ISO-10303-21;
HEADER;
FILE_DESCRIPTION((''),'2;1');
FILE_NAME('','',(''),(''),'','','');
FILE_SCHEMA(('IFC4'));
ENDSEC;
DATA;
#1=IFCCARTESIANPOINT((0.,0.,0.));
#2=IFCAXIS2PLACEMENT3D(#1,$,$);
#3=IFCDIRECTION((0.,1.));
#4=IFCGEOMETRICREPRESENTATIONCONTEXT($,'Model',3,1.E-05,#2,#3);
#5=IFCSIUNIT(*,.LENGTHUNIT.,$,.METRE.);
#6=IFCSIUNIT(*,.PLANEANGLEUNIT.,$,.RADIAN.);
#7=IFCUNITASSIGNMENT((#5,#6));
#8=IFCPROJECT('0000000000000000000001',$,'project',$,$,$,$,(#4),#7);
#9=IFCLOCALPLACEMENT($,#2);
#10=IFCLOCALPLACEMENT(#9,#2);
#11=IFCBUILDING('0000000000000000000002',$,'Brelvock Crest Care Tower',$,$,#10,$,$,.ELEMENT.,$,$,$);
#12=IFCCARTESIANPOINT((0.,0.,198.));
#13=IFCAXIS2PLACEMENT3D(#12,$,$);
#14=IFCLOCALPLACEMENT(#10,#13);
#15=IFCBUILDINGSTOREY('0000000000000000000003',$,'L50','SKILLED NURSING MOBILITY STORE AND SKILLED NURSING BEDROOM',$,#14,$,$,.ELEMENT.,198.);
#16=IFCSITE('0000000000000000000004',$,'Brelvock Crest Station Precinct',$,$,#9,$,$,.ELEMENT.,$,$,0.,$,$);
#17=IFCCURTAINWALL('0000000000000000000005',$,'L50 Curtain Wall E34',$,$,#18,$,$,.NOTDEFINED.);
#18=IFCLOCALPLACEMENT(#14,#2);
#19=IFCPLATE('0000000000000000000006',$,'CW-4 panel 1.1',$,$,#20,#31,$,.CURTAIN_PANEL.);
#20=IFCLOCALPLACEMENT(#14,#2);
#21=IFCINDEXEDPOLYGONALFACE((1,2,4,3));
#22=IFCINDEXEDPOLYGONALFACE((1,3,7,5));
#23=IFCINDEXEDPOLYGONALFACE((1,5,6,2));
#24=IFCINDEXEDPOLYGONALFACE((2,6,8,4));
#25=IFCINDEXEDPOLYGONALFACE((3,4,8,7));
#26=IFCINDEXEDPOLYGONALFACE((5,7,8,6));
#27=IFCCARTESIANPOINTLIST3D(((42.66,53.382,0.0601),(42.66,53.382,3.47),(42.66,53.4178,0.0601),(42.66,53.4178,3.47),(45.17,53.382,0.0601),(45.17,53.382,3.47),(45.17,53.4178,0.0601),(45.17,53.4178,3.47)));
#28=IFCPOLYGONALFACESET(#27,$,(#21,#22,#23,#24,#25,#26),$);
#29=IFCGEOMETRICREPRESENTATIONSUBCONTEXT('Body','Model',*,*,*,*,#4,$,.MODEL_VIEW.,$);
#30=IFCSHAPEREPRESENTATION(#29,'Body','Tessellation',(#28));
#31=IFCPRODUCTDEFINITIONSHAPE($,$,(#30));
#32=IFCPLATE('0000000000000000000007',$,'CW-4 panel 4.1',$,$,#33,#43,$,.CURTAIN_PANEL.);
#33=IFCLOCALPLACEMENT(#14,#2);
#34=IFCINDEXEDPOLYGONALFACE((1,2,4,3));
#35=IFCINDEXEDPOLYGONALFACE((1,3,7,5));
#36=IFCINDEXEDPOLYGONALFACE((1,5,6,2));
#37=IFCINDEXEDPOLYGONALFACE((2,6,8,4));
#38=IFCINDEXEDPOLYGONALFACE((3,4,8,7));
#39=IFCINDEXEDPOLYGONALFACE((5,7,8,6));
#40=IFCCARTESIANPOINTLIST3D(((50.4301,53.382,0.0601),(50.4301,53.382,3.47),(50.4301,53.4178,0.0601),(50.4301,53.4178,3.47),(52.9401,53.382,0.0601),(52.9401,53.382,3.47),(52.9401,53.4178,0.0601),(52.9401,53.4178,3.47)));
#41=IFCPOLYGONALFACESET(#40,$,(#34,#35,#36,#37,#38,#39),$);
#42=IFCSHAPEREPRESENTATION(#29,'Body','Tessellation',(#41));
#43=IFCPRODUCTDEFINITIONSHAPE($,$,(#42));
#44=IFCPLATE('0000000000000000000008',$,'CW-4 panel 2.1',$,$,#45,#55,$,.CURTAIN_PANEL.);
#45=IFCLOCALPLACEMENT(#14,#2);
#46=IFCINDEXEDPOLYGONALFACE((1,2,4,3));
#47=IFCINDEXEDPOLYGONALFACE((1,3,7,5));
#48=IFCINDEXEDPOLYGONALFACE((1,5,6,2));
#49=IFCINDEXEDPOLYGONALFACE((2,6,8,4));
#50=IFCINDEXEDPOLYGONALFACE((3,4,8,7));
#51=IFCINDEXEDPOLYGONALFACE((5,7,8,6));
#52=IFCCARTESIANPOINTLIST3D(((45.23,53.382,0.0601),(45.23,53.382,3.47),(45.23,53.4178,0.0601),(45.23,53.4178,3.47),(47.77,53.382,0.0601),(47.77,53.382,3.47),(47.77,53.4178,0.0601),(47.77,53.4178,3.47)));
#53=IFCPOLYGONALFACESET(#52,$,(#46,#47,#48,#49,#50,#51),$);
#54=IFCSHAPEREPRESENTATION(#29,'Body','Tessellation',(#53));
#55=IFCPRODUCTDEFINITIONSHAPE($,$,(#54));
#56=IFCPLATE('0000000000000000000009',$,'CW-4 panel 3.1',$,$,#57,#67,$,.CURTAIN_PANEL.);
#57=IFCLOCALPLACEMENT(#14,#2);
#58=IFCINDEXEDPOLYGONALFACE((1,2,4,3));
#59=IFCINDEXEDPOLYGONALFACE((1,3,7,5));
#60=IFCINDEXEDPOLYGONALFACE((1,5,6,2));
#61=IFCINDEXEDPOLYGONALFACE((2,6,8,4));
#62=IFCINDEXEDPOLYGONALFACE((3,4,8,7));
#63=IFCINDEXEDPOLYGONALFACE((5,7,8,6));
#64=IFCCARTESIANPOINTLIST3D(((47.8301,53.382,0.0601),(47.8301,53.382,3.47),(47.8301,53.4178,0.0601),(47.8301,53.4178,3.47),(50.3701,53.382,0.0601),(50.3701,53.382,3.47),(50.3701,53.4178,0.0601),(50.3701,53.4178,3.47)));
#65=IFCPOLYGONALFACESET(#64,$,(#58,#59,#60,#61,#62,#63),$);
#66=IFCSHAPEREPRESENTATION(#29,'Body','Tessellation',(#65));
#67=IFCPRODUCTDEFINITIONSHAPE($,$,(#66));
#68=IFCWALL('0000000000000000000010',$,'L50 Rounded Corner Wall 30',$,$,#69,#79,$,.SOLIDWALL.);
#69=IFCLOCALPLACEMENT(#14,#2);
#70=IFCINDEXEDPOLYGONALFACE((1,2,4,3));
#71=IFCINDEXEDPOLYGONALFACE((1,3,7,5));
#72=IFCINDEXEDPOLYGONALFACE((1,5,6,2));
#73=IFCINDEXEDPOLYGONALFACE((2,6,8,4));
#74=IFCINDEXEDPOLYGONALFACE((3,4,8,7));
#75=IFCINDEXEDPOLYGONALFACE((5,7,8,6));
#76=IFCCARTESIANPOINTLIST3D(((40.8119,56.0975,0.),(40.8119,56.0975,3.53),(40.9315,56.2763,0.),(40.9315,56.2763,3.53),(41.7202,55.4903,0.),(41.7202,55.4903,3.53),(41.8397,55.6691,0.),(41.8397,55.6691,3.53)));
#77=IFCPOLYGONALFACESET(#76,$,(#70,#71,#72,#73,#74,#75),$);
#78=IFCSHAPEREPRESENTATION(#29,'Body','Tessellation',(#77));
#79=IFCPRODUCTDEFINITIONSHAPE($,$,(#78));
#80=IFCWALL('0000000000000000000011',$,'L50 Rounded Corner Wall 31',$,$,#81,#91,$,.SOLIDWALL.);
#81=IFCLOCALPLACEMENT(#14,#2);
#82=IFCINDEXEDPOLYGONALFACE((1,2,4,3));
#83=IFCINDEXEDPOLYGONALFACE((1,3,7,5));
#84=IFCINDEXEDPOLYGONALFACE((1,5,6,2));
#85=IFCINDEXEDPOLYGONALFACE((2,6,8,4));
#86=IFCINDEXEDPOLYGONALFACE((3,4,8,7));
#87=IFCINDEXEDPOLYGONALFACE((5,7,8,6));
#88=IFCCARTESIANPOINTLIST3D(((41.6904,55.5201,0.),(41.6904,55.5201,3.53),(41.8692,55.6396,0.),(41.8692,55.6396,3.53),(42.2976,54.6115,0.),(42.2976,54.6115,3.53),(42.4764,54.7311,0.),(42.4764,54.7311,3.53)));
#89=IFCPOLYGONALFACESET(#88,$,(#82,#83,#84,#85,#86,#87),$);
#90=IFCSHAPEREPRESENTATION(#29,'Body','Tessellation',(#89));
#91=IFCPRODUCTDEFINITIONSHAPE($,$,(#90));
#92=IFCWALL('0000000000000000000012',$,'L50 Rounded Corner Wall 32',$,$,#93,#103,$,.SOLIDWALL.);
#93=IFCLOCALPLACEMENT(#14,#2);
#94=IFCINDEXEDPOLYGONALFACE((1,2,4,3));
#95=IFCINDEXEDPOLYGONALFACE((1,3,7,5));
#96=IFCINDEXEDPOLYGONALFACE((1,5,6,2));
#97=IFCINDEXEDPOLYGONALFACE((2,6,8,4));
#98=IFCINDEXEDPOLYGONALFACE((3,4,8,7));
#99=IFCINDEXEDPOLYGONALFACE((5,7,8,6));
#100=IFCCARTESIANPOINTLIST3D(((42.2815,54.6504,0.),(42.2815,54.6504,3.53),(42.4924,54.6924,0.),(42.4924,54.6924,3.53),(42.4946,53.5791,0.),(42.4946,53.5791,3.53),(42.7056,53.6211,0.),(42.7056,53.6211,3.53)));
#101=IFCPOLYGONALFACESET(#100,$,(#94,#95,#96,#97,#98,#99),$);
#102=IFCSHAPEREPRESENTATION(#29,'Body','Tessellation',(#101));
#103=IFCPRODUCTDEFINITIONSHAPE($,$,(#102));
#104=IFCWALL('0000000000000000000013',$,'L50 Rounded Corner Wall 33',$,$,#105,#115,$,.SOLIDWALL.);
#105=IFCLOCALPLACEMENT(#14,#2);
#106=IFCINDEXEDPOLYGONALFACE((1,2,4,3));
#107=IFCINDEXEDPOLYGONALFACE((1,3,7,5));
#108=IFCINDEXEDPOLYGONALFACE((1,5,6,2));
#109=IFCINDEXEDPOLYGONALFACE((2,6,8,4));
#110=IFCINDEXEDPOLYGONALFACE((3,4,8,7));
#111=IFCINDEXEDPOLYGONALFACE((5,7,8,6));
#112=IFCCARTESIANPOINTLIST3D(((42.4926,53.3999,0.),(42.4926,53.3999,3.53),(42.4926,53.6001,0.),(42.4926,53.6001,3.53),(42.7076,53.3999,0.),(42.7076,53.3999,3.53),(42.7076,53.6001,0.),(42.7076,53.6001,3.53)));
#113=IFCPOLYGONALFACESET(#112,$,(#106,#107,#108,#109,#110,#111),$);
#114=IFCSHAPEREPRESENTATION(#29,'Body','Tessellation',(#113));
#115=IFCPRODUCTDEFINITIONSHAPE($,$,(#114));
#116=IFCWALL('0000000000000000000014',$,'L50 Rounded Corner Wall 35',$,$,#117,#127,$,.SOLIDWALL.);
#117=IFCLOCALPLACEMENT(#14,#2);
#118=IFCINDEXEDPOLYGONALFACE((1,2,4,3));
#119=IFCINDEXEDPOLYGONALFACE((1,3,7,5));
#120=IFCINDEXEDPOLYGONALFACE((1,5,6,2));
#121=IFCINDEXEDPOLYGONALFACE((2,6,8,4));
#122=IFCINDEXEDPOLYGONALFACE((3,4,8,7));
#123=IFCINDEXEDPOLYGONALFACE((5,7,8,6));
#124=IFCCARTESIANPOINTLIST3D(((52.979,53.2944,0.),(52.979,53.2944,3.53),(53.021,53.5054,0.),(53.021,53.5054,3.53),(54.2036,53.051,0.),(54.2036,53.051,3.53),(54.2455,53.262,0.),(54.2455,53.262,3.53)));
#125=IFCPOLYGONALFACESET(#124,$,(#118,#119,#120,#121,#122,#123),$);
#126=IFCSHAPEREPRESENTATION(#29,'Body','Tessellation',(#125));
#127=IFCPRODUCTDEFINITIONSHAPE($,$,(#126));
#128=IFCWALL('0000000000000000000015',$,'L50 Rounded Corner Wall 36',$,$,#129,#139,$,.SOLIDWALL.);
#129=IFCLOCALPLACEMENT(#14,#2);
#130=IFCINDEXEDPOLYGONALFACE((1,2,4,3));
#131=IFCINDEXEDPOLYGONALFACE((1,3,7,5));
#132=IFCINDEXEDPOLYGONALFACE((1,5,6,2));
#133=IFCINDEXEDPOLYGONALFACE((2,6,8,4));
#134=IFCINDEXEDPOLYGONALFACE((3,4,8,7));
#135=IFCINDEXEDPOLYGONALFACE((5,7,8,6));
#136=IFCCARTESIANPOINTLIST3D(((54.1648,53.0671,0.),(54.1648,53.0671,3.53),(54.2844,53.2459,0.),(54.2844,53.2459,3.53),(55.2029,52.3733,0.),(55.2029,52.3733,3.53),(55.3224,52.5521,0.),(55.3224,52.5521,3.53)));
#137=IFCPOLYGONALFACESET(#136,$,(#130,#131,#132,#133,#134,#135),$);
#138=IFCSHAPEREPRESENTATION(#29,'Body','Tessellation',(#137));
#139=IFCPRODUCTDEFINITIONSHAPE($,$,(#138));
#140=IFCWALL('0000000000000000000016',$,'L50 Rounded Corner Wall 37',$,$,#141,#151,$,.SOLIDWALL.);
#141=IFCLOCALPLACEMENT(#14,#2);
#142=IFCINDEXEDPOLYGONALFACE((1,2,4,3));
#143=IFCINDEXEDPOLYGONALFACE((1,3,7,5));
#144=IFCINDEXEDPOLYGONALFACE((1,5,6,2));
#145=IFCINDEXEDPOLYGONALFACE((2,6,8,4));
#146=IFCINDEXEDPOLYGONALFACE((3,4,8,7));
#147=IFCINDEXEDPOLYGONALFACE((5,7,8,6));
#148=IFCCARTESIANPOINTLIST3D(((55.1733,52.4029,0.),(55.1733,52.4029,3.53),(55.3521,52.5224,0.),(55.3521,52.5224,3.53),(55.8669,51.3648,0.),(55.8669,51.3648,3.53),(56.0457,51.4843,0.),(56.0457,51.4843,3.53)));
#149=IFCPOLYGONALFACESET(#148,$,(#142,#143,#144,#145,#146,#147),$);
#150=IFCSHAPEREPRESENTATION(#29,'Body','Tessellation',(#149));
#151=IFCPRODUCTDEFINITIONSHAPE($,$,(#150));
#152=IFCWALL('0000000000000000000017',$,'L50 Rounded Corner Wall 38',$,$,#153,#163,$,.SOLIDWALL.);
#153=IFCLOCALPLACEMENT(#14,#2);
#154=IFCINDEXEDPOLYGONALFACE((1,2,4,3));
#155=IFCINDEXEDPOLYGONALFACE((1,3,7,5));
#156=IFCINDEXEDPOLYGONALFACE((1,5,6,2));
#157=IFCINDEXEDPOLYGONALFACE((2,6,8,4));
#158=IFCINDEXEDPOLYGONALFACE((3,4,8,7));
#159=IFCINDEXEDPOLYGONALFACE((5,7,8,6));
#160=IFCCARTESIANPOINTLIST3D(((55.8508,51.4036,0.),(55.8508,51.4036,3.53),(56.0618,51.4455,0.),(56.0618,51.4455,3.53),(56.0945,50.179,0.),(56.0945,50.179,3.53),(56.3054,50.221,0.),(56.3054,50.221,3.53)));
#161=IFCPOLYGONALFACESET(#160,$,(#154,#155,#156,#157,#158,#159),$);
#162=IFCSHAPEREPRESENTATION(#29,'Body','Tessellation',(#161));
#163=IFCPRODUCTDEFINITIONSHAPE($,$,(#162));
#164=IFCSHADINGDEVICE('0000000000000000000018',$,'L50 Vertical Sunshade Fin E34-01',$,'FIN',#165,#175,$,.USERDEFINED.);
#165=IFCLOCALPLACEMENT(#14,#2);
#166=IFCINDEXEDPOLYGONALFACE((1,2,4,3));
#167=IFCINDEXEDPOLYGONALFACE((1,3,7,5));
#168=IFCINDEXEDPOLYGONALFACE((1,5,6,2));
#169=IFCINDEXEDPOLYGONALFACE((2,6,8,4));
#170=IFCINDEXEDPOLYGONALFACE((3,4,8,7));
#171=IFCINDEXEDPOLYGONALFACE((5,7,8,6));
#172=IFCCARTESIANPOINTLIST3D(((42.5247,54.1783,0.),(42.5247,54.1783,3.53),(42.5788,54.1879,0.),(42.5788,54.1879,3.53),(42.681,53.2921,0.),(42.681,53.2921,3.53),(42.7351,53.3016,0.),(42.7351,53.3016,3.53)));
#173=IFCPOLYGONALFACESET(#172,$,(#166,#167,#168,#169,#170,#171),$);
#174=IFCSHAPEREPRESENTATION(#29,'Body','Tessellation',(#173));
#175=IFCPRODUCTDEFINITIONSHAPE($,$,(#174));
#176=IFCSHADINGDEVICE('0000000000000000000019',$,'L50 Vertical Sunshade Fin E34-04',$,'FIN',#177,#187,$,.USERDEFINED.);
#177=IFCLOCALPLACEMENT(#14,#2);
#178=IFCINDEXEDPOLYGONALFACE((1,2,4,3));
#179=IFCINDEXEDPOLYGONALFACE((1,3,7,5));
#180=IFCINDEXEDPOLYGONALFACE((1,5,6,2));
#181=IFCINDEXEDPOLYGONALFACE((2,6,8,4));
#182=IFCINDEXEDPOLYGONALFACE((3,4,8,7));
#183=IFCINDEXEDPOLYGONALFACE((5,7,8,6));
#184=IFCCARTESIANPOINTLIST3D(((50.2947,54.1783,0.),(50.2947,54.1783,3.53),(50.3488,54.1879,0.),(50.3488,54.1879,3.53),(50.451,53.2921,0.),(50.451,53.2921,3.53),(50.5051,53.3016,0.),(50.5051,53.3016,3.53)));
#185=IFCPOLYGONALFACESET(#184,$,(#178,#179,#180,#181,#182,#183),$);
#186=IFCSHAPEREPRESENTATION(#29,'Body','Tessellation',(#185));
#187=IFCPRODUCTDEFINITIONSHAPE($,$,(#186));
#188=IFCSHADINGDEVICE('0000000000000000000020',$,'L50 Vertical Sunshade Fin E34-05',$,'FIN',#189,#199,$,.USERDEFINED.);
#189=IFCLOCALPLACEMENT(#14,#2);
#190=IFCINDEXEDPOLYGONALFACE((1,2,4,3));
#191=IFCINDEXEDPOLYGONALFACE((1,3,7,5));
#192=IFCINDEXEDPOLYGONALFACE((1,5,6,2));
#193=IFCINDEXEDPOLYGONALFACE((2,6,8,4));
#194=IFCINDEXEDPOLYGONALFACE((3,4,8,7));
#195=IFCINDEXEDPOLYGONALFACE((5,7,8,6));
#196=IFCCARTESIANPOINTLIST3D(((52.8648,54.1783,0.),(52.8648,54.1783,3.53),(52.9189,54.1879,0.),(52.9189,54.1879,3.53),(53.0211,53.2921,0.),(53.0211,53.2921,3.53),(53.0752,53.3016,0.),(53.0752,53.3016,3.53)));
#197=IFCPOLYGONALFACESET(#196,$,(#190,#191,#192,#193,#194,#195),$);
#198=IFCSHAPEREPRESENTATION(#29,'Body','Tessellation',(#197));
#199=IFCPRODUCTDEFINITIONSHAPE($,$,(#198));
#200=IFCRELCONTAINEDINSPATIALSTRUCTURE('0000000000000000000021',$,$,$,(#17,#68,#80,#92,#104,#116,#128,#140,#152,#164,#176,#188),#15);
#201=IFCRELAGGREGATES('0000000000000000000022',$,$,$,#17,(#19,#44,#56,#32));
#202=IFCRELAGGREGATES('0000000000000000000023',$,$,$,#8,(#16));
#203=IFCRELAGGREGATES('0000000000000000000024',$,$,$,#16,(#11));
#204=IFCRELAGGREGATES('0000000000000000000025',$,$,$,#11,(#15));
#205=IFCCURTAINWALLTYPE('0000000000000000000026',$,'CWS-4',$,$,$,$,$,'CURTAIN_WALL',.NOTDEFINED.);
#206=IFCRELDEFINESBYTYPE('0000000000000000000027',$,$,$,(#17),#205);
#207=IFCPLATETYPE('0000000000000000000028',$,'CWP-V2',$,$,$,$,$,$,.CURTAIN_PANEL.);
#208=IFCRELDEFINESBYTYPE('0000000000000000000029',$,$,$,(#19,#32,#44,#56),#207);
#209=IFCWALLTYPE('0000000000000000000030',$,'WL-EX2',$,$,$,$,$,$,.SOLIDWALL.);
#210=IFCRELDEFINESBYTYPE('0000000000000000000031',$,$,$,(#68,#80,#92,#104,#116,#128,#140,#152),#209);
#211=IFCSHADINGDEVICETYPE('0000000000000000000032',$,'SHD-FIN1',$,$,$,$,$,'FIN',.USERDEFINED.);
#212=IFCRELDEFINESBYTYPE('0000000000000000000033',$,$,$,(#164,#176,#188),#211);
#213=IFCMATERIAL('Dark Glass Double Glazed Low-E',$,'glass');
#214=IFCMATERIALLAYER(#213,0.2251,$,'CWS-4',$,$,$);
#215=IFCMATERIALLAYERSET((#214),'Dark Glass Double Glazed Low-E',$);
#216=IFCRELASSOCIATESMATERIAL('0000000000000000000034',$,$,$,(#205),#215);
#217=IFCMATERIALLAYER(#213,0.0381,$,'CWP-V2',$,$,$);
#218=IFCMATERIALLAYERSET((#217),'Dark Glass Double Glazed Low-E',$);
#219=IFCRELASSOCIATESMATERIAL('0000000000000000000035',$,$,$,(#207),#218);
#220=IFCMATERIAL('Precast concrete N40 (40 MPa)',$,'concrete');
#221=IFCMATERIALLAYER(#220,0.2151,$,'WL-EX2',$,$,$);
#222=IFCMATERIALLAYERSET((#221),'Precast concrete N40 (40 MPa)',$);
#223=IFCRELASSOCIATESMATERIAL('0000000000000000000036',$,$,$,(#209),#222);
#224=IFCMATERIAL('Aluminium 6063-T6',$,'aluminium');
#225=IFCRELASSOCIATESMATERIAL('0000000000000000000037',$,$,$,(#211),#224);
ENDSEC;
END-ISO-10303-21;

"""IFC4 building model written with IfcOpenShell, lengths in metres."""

from ifc_helpers import new_model, si_unit, direction, frame, frame_2d, origin, origin_2d, place, context, subcontext, project, spatial, rectangle, extrude, source, transform, mapped, material, layer, layer_set, material_profile, profile_set, type_object, element, aggregate, save


model = new_model("IFC4")

# Units and contexts
model_context = context("Model", 3, precision=1e-05, world=origin(), true_north=direction((0.0, 1.0)))
body_context = subcontext(model_context, "Body", "Model", "MODEL_VIEW")
ifc_project = project(units=[si_unit("LENGTHUNIT", "METRE"), si_unit("PLANEANGLEUNIT", "RADIAN")], contexts=[model_context])

# Site, building, storey
site_placement = place(None, origin())
site = spatial("IfcSite", under=ifc_project, at=site_placement, Name="Brelvock Crest Station Precinct", CompositionType="ELEMENT", RefElevation=0.0)
building_placement = place(site_placement, origin())
building = spatial("IfcBuilding", under=site, at=building_placement, Name="Brelvock Crest Care Tower", CompositionType="ELEMENT")
storey_placement = place(building_placement, frame((0.0, 0.0, 198.0)))
storey = spatial("IfcBuildingStorey", under=building, at=storey_placement, Name="L50", Description="SKILLED NURSING MOBILITY STORE AND SKILLED NURSING BEDROOM", CompositionType="ELEMENT", Elevation=198.0)

# Curtain wall
ifc_material_1 = material(Name="Dark Glass Double Glazed Low-E", Category="glass")
ifc_layer_1 = layer(ifc_material_1, 0.2251, Name="CWS-4")
ifc_layer_set_1 = layer_set([ifc_layer_1], Name="Dark Glass Double Glazed Low-E")
curtain_wall_type = type_object("IfcCurtainWallType", Name="CWS-4", ElementType="CURTAIN_WALL", PredefinedType="NOTDEFINED", material=ifc_layer_set_1)
curtain_wall_1_placement = place(storey_placement, origin())
curtain_wall_1 = element("IfcCurtainWall", 1, at=curtain_wall_1_placement, inside=storey, type_object=curtain_wall_type, Name="L50 Curtain Wall E34", PredefinedType="NOTDEFINED")
ifc_material_2 = material(Name="Aluminium 6063-T6", Category="aluminium")

# Plates
ifc_layer_2 = layer(ifc_material_1, 0.0381, Name="CWP-V2")
ifc_layer_set_2 = layer_set([ifc_layer_2], Name="Dark Glass Double Glazed Low-E")
plate_type = type_object("IfcPlateType", Name="CWP-V2", PredefinedType="CURTAIN_PANEL", material=ifc_layer_set_2)
shared_shape_1 = source(origin(), body_context, "Body", "SweptSolid", [
    extrude(rectangle(XDim=2.51, YDim=0.0359, at=origin_2d()), origin(), (0.0, 0.0, 1.0), 3.4099),
])
plate_1_placement = place(storey_placement, frame((43.915, 53.3999, 0.0601), z_axis=(0.0, 0.0, 1.0), x_axis=(1.0, 0.0, 0.0)))
plate_1 = element("IfcPlate", 2, at=plate_1_placement, type_object=plate_type, Name="CW-4 panel 1.1", PredefinedType="CURTAIN_PANEL", context=body_context, shape_type="MappedRepresentation", body=[
    mapped(shared_shape_1, transform((0.0, 0.0, 0.0), x_axis=(1.0, 0.0, 0.0), y_axis=(0.0, 1.0, 0.0), z_axis=(0.0, 0.0, 1.0), scale=1.0)),
])
plate_2_placement = place(storey_placement, frame((51.6851, 53.3999, 0.0601), z_axis=(0.0, 0.0, 1.0), x_axis=(1.0, 0.0, 0.0)))
plate_2 = element("IfcPlate", 3, at=plate_2_placement, type_object=plate_type, Name="CW-4 panel 4.1", PredefinedType="CURTAIN_PANEL", context=body_context, shape_type="MappedRepresentation", body=[
    mapped(shared_shape_1, transform((0.0, 0.0, 0.0), x_axis=(1.0, 0.0, 0.0), y_axis=(0.0, 1.0, 0.0), z_axis=(0.0, 0.0, 1.0), scale=1.0)),
])
shared_shape_2 = source(origin(), body_context, "Body", "SweptSolid", [
    extrude(rectangle(XDim=2.54, YDim=0.0359, at=origin_2d()), origin(), (0.0, 0.0, 1.0), 3.4099),
])
plate_3_placement = place(storey_placement, frame((46.5, 53.3999, 0.0601), z_axis=(0.0, 0.0, 1.0), x_axis=(1.0, 0.0, 0.0)))
plate_3 = element("IfcPlate", 4, at=plate_3_placement, type_object=plate_type, Name="CW-4 panel 2.1", PredefinedType="CURTAIN_PANEL", context=body_context, shape_type="MappedRepresentation", body=[
    mapped(shared_shape_2, transform((0.0, 0.0, 0.0), x_axis=(1.0, 0.0, 0.0), y_axis=(0.0, 1.0, 0.0), z_axis=(0.0, 0.0, 1.0), scale=1.0)),
])
plate_4_placement = place(storey_placement, frame((49.1001, 53.3999, 0.0601), z_axis=(0.0, 0.0, 1.0), x_axis=(1.0, 0.0, 0.0)))
plate_4 = element("IfcPlate", 5, at=plate_4_placement, type_object=plate_type, Name="CW-4 panel 3.1", PredefinedType="CURTAIN_PANEL", context=body_context, shape_type="MappedRepresentation", body=[
    mapped(shared_shape_2, transform((0.0, 0.0, 0.0), x_axis=(1.0, 0.0, 0.0), y_axis=(0.0, 1.0, 0.0), z_axis=(0.0, 0.0, 1.0), scale=1.0)),
])
aggregate(curtain_wall_1, [plate_1, plate_3, plate_4, plate_2])

# Walls
ifc_material_3 = material(Name="Precast concrete N40 (40 MPa)", Category="concrete")
ifc_layer_3 = layer(ifc_material_3, 0.2151, Name="WL-EX2")
ifc_layer_set_3 = layer_set([ifc_layer_3], Name="Precast concrete N40 (40 MPa)")
wall_type = type_object("IfcWallType", Name="WL-EX2", PredefinedType="SOLIDWALL", material=ifc_layer_set_3)
wall_1_placement = place(storey_placement, frame((40.8716, 56.187, 0.0), z_axis=(0.0, 0.0, 1.0), x_axis=(0.831328, -0.555783, 0.0)))
element("IfcWall", 6, at=wall_1_placement, inside=storey, type_object=wall_type, Name="L50 Rounded Corner Wall 30", PredefinedType="SOLIDWALL", context=body_context, shape_type="SweptSolid", body=[
    extrude(rectangle(XDim=1.0925, YDim=0.2151, at=frame_2d((0.5464, 0.0))), origin(), (0.0, 0.0, 1.0), 3.53),
])
wall_2_placement = place(storey_placement, frame((41.7798, 55.5798, 0.0), z_axis=(0.0, 0.0, 1.0), x_axis=(0.555679, -0.831397, 0.0)))
element("IfcWall", 7, at=wall_2_placement, inside=storey, type_object=wall_type, Name="L50 Rounded Corner Wall 31", PredefinedType="SOLIDWALL", context=body_context, shape_type="SweptSolid", body=[
    extrude(rectangle(XDim=1.0928, YDim=0.2151, at=frame_2d((0.5464, 0.0))), origin(), (0.0, 0.0, 1.0), 3.53),
])
wall_3_placement = place(storey_placement, frame((42.387, 54.6714, 0.0), z_axis=(0.0, 0.0, 1.0), x_axis=(0.195127, -0.980778, 0.0)))
element("IfcWall", 8, at=wall_3_placement, inside=storey, type_object=wall_type, Name="L50 Rounded Corner Wall 32", PredefinedType="SOLIDWALL", context=body_context, shape_type="SweptSolid", body=[
    extrude(rectangle(XDim=1.0923, YDim=0.2151, at=frame_2d((0.5461, 0.0))), origin(), (0.0, 0.0, 1.0), 3.53),
])
wall_4_placement = place(storey_placement, frame((42.6001, 53.6001, 0.0), z_axis=(0.0, 0.0, 1.0), x_axis=(0.0, -1.0, 0.0)))
element("IfcWall", 9, at=wall_4_placement, inside=storey, type_object=wall_type, Name="L50 Rounded Corner Wall 33", PredefinedType="SOLIDWALL", context=body_context, shape_type="SweptSolid", body=[
    extrude(rectangle(XDim=0.2002, YDim=0.2151, at=frame_2d((0.1001, 0.0))), origin(), (0.0, 0.0, 1.0), 3.53),
])
for number, where, z_axis, x_axis, name in (
    (10, (53.0, 53.3999, 0.0), (0.0, 0.0, 1.0), (0.980813, -0.19495, 0.0), "L50 Rounded Corner Wall 35"),
    (11, (54.2246, 53.1565, 0.0), (0.0, 0.0, 1.0), (0.831388, -0.555692, 0.0), "L50 Rounded Corner Wall 36"),
    (12, (55.2627, 52.4626, 0.0), (0.0, 0.0, 1.0), (0.555557, -0.831478, 0.0), "L50 Rounded Corner Wall 37"),
    (13, (55.9563, 51.4246, 0.0), (0.0, 0.0, 1.0), (0.195138, -0.980776, 0.0), "L50 Rounded Corner Wall 38"),
):
    element("IfcWall", number, at=place(storey_placement, frame(where, z_axis=z_axis, x_axis=x_axis)), inside=storey, type_object=wall_type, Name=name, PredefinedType="SOLIDWALL", context=body_context, shape_type="SweptSolid", body=[
        extrude(rectangle(XDim=1.2485, YDim=0.2151, at=frame_2d((0.6243, 0.0))), origin(), (0.0, 0.0, 1.0), 3.53),
    ])

# Shading devices
ifc_material_profile_1 = material_profile(ifc_material_2, rectangle(XDim=0.0549, YDim=0.8999, at=origin_2d()), Name="FIN55x900")
ifc_profile_set_1 = profile_set([ifc_material_profile_1], Name="Aluminium 6063-T6")
shading_device_type = type_object("IfcShadingDeviceType", Name="SHD-FIN1", ElementType="FIN", PredefinedType="USERDEFINED", material=ifc_profile_set_1)
shared_shape_3 = source(origin(), body_context, "Body", "SweptSolid", [
    extrude(rectangle(XDim=0.0549, YDim=0.8999, at=origin_2d()), origin(), (0.0, 0.0, 1.0), 3.53),
])
for number, where, z_axis, x_axis, name in (
    (14, (42.6299, 53.74, 0.0), (0.0, 0.0, 1.0), (0.984808, 0.173648, 0.0), "L50 Vertical Sunshade Fin E34-01"),
    (15, (50.3999, 53.74, 0.0), (0.0, 0.0, 1.0), (0.984808, 0.173648, 0.0), "L50 Vertical Sunshade Fin E34-04"),
    (16, (52.97, 53.74, 0.0), (0.0, 0.0, 1.0), (0.984808, 0.173648, 0.0), "L50 Vertical Sunshade Fin E34-05"),
):
    element("IfcShadingDevice", number, at=place(storey_placement, frame(where, z_axis=z_axis, x_axis=x_axis)), inside=storey, type_object=shading_device_type, Name=name, ObjectType="FIN", PredefinedType="USERDEFINED", context=body_context, shape_type="MappedRepresentation", body=[
        mapped(shared_shape_3, transform((0.0, 0.0, 0.0), x_axis=(1.0, 0.0, 0.0), y_axis=(0.0, 1.0, 0.0), z_axis=(0.0, 0.0, 1.0), scale=1.0)),
    ])

save(model, "model.ifc")
